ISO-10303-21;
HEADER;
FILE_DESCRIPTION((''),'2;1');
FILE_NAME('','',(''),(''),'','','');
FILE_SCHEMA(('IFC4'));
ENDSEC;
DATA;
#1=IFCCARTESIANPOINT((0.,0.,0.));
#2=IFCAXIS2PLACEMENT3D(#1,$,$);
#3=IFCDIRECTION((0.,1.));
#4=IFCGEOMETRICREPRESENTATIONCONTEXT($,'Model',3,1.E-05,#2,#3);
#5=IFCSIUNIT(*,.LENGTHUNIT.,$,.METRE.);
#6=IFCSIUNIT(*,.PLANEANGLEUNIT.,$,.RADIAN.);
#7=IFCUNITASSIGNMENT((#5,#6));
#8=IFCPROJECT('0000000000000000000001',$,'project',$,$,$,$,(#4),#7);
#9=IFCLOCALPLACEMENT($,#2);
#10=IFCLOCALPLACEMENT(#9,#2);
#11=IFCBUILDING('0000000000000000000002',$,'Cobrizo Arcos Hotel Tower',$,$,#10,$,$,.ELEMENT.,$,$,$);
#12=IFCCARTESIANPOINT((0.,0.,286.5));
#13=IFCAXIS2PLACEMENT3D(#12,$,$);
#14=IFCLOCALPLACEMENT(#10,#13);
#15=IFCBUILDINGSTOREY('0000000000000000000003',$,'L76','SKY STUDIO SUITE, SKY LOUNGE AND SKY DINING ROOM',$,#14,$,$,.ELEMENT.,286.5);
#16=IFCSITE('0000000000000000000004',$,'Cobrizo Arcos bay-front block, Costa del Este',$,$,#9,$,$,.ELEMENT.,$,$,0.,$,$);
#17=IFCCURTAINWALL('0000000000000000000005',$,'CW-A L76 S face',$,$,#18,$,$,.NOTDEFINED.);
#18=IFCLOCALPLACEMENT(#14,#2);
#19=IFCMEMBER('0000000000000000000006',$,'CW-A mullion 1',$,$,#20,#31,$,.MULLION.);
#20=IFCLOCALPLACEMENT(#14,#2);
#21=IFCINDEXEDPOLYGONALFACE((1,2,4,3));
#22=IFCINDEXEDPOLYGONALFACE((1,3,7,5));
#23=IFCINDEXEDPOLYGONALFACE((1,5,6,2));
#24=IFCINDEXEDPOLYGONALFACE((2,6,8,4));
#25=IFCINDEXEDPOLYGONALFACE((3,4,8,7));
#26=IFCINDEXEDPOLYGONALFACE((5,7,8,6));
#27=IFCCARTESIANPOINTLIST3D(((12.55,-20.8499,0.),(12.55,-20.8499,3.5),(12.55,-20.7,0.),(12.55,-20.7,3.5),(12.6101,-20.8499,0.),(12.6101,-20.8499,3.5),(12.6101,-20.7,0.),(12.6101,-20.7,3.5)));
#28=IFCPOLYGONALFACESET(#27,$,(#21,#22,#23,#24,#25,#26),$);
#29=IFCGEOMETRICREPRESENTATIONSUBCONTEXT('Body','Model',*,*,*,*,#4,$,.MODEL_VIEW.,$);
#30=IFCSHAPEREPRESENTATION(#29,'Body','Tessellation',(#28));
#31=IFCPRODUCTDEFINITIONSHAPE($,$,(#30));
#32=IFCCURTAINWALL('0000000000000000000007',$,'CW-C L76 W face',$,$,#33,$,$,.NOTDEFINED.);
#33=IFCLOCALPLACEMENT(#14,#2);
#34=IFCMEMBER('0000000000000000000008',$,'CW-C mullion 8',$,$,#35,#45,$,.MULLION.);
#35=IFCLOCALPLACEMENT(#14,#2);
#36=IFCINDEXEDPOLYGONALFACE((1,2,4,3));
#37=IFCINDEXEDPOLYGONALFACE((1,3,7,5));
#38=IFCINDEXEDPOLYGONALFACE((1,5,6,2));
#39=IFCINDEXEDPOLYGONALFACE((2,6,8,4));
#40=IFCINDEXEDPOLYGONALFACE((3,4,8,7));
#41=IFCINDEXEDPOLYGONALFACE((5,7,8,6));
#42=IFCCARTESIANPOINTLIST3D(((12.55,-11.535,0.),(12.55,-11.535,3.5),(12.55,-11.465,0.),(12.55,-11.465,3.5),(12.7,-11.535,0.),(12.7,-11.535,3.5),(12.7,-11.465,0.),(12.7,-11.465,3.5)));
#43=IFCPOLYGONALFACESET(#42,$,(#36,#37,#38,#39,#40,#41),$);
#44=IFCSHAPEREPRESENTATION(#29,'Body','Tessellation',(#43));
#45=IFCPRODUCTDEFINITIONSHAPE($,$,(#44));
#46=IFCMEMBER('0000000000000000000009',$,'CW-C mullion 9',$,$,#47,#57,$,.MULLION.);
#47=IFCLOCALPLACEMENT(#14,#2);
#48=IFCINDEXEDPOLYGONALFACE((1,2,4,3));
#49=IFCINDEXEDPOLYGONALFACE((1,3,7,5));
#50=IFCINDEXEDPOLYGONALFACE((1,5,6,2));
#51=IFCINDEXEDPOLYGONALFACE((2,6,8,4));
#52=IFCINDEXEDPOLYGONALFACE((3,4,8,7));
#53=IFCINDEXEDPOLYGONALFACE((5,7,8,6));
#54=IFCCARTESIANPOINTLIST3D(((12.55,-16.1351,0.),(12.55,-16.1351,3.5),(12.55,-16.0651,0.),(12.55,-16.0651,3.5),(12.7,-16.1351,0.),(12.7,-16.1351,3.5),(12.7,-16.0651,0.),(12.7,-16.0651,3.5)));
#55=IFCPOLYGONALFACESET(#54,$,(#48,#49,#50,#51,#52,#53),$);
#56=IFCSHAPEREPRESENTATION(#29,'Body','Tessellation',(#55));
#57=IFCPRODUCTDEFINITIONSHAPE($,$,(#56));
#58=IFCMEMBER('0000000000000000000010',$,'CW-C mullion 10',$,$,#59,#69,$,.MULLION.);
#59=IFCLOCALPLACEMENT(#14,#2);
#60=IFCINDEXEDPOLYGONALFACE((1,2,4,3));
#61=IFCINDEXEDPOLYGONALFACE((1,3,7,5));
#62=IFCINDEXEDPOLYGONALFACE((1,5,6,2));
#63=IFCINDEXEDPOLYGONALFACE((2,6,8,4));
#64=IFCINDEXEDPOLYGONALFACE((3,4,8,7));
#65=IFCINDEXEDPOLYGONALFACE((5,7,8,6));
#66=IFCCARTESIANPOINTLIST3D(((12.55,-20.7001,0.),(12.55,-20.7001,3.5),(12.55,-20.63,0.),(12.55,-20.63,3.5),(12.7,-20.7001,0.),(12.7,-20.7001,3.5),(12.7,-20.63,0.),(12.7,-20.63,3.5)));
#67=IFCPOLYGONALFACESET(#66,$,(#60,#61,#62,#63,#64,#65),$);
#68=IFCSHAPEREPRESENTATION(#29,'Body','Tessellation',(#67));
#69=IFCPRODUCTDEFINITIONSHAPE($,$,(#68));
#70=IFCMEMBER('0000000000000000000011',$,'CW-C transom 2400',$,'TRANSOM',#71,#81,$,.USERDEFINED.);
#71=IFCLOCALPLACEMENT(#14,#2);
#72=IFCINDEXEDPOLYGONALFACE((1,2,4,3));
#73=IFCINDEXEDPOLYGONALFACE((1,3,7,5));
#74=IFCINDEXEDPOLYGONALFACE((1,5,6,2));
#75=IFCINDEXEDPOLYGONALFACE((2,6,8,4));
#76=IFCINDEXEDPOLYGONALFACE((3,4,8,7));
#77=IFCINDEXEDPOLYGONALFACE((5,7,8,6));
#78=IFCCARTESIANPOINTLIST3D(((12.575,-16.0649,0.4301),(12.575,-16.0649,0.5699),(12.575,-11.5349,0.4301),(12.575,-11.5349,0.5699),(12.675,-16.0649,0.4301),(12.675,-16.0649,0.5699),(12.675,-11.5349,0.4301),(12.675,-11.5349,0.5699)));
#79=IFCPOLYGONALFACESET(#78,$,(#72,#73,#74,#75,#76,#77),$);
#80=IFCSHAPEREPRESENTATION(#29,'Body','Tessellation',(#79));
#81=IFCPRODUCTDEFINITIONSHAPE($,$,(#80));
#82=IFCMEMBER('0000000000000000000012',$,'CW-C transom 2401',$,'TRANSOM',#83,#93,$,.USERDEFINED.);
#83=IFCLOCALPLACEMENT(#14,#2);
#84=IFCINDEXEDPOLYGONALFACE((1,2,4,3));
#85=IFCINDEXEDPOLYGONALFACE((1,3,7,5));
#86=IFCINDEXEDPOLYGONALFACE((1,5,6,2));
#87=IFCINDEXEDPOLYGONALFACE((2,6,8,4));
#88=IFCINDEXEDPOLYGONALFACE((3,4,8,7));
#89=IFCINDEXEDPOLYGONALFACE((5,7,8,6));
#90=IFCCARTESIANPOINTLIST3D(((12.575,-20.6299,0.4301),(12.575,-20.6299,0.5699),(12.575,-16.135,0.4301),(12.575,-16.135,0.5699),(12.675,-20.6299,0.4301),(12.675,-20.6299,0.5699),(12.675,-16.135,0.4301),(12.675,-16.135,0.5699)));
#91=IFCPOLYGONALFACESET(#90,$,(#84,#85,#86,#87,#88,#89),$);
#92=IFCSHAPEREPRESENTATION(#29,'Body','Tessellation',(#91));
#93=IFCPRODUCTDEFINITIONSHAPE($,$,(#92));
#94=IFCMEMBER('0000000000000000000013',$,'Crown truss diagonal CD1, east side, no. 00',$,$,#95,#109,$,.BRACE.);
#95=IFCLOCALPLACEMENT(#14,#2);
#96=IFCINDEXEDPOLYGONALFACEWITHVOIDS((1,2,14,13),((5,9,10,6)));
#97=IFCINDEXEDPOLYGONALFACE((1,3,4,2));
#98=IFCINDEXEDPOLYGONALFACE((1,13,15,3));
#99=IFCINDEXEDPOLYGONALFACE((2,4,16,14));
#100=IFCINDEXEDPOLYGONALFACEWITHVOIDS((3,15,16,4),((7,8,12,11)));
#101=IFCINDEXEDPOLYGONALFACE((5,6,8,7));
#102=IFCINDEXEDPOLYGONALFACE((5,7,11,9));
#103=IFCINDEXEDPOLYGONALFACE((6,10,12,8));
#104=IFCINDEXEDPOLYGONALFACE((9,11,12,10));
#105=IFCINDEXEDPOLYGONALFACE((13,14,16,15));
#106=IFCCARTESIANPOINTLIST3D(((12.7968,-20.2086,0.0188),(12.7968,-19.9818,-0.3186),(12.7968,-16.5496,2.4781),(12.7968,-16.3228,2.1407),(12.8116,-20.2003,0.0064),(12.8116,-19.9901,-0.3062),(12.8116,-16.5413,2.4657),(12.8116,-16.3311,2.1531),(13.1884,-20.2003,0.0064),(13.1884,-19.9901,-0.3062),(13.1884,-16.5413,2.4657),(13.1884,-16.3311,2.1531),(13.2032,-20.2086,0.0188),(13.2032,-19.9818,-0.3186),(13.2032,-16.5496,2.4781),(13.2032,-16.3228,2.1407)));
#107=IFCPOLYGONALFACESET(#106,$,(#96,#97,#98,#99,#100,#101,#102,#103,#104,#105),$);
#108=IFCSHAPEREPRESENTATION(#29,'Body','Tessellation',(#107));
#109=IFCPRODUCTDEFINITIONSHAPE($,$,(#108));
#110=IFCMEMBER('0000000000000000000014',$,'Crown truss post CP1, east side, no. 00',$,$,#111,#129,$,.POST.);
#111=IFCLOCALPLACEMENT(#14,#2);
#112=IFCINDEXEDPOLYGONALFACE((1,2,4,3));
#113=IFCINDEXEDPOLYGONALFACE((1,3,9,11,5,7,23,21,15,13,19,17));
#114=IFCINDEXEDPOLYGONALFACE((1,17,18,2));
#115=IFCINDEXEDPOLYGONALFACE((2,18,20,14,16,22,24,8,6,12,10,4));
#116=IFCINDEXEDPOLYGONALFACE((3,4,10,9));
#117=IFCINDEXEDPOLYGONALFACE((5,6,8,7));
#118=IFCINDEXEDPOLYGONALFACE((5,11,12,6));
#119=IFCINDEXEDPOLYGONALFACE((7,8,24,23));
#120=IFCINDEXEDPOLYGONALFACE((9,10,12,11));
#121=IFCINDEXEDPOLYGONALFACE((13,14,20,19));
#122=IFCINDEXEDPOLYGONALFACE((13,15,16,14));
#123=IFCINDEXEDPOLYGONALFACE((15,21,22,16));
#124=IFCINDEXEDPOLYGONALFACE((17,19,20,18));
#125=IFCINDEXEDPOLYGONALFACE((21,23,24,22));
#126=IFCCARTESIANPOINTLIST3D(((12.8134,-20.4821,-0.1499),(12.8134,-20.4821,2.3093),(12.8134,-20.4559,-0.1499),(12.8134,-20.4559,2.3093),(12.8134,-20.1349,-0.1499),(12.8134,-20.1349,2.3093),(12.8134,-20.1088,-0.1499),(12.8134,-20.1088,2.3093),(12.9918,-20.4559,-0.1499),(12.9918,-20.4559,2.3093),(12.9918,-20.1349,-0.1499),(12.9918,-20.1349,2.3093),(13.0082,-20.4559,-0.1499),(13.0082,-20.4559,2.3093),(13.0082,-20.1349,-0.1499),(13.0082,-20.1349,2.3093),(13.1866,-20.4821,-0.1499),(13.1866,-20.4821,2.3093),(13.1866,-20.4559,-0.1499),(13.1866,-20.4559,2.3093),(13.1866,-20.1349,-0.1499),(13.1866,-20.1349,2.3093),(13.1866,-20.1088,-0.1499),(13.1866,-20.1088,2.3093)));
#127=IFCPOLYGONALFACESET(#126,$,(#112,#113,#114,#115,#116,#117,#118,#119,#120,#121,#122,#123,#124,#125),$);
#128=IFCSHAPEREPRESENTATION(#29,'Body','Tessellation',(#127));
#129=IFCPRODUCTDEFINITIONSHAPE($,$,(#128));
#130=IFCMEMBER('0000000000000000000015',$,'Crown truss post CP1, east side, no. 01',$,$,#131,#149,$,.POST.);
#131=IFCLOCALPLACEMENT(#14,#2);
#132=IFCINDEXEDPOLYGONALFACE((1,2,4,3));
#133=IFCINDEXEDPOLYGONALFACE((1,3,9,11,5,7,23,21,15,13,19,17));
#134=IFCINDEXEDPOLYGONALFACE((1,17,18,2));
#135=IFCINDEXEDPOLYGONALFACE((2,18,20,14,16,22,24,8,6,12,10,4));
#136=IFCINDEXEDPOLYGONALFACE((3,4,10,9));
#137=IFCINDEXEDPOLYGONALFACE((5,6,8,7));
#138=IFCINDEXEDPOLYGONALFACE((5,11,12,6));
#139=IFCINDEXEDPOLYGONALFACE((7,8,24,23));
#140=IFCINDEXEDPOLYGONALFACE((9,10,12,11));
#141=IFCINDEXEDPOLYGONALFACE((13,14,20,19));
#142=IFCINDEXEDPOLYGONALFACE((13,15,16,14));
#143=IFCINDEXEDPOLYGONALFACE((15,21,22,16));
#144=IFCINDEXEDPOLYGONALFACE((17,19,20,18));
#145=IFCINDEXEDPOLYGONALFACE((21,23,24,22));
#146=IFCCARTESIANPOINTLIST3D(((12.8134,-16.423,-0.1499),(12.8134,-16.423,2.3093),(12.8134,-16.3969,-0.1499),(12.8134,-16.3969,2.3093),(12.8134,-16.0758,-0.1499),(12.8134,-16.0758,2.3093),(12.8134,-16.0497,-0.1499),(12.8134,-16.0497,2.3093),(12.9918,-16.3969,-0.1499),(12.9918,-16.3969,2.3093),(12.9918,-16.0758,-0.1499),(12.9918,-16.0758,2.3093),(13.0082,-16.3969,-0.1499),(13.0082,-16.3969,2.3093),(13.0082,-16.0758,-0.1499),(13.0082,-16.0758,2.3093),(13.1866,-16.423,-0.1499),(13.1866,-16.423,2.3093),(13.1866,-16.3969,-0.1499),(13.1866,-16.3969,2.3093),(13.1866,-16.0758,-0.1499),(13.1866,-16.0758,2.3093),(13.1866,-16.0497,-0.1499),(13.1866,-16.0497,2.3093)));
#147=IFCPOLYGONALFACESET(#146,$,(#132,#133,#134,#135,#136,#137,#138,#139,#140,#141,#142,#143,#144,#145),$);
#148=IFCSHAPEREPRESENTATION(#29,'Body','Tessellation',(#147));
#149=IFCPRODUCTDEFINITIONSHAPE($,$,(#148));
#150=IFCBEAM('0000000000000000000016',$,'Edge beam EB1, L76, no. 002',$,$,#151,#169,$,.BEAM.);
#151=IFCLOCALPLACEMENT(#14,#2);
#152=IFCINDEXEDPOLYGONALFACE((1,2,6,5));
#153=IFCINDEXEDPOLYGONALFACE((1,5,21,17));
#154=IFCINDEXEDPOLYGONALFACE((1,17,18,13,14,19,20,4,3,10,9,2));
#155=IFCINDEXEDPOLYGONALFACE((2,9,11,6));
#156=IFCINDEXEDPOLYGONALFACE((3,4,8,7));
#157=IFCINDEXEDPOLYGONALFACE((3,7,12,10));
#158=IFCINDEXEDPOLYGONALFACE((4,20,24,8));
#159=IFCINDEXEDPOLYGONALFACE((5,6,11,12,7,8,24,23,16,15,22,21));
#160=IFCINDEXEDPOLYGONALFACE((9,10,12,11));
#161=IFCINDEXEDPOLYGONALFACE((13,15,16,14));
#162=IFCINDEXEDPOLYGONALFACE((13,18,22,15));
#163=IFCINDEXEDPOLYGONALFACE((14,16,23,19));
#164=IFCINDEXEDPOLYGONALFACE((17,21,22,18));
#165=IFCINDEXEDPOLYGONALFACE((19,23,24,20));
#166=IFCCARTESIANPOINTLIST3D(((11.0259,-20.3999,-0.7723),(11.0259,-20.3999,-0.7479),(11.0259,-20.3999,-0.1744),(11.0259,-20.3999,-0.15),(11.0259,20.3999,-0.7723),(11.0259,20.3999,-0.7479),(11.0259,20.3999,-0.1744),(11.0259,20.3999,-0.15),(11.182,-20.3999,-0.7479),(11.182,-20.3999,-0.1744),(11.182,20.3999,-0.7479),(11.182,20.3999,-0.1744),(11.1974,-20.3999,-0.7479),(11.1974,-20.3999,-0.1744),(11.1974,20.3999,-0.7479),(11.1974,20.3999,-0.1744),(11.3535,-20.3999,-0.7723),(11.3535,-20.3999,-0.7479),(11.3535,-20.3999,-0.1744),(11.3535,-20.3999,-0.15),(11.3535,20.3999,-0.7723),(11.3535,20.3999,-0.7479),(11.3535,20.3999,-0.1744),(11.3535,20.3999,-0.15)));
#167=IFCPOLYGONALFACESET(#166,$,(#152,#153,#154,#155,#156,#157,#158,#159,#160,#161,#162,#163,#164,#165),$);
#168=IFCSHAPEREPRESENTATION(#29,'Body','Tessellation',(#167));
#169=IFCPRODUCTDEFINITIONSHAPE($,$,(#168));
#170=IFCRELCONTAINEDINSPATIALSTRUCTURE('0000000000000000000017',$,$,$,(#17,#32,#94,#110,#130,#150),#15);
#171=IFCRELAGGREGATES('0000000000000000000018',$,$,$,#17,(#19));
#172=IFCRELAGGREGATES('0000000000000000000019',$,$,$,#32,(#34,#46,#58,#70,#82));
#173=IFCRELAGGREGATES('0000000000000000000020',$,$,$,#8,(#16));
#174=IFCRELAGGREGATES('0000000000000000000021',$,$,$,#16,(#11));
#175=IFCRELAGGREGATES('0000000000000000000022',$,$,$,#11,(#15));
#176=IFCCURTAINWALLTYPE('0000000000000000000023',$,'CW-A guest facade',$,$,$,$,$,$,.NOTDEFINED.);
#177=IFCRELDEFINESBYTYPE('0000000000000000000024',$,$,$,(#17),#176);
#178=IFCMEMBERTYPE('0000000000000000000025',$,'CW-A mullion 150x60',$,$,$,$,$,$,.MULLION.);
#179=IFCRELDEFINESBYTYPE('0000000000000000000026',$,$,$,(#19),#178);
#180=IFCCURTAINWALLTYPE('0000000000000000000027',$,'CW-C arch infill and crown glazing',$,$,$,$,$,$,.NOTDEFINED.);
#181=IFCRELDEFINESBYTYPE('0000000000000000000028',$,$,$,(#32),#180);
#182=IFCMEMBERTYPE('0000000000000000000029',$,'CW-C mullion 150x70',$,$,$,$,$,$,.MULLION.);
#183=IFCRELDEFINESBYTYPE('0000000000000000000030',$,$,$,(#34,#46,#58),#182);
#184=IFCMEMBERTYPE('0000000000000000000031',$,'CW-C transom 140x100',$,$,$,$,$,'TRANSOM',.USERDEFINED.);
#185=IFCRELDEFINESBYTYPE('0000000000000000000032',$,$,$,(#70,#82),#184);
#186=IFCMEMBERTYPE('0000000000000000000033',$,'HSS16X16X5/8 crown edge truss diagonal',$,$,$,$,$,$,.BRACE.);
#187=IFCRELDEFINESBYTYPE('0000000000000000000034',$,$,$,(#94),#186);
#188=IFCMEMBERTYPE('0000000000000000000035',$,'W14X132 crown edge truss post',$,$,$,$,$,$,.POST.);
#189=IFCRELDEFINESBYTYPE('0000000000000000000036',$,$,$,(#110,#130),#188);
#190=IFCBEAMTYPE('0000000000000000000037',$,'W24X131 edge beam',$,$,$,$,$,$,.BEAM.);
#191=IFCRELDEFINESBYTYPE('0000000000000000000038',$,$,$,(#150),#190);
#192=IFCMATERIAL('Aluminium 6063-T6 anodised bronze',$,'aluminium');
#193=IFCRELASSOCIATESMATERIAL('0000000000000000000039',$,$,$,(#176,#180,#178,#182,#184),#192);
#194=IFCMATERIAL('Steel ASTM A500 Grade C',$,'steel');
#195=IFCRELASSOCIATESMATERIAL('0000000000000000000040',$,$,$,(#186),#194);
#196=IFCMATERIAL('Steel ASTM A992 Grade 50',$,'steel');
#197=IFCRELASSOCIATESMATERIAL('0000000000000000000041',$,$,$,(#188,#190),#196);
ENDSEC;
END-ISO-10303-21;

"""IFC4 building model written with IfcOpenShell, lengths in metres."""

from ifc_helpers import new_model, si_unit, direction, frame, origin, origin_2d, place, context, subcontext, project, spatial, rectangle, hollow_rectangle, i_section, extrude, material, material_profile, profile_set, type_object, element, aggregate, save


model = new_model("IFC4")

# Units and contexts
model_context = context("Model", 3, precision=1e-05, world=origin(), true_north=direction((0.0, 1.0)))
body_context = subcontext(model_context, "Body", "Model", "MODEL_VIEW")
ifc_project = project(units=[si_unit("LENGTHUNIT", "METRE"), si_unit("PLANEANGLEUNIT", "RADIAN")], contexts=[model_context])

# Site, building, storey
site_placement = place(None, origin())
site = spatial("IfcSite", under=ifc_project, at=site_placement, Name="Cobrizo Arcos bay-front block, Costa del Este", CompositionType="ELEMENT", RefElevation=0.0)
building_placement = place(site_placement, origin())
building = spatial("IfcBuilding", under=site, at=building_placement, Name="Cobrizo Arcos Hotel Tower", CompositionType="ELEMENT")
storey_placement = place(building_placement, frame((0.0, 0.0, 286.5)))
storey = spatial("IfcBuildingStorey", under=building, at=storey_placement, Name="L76", Description="SKY STUDIO SUITE, SKY LOUNGE AND SKY DINING ROOM", CompositionType="ELEMENT", Elevation=286.5)

# Curtain wall, member
ifc_material_1 = material(Name="Aluminium 6063-T6 anodised bronze", Category="aluminium")
curtain_wall_type_1 = type_object("IfcCurtainWallType", Name="CW-A guest facade", PredefinedType="NOTDEFINED", material=ifc_material_1)
curtain_wall_1_placement = place(storey_placement, origin())
curtain_wall_1 = element("IfcCurtainWall", 1, at=curtain_wall_1_placement, inside=storey, type_object=curtain_wall_type_1, Name="CW-A L76 S face", PredefinedType="NOTDEFINED")
ifc_material_profile_1 = material_profile(ifc_material_1, rectangle(XDim=0.1499, YDim=0.0601, at=origin_2d()), Name="CW-A mullion 150x60")
ifc_profile_set_1 = profile_set([ifc_material_profile_1], Name="Aluminium 6063-T6 anodised bronze")
member_type_1 = type_object("IfcMemberType", Name="CW-A mullion 150x60", PredefinedType="MULLION", material=ifc_profile_set_1)
member_1_placement = place(storey_placement, frame((12.5801, -20.7749, 0.0), z_axis=(0.0, 0.0, 1.0), x_axis=(0.0, -1.0, 0.0)))
member_1 = element("IfcMember", 2, at=member_1_placement, type_object=member_type_1, Name="CW-A mullion 1", PredefinedType="MULLION", context=body_context, shape_type="SweptSolid", body=[
    extrude(rectangle(XDim=0.1499, YDim=0.0601, at=origin_2d()), origin(), (0.0, 0.0, 1.0), 3.5),
])
aggregate(curtain_wall_1, [member_1])

# Curtain wall, members
curtain_wall_type_2 = type_object("IfcCurtainWallType", Name="CW-C arch infill and crown glazing", PredefinedType="NOTDEFINED", material=ifc_material_1)
curtain_wall_2_placement = place(storey_placement, origin())
curtain_wall_2 = element("IfcCurtainWall", 3, at=curtain_wall_2_placement, inside=storey, type_object=curtain_wall_type_2, Name="CW-C L76 W face", PredefinedType="NOTDEFINED")
ifc_material_profile_2 = material_profile(ifc_material_1, rectangle(XDim=0.1499, YDim=0.0701, at=origin_2d()), Name="CW-C mullion 150x70")
ifc_profile_set_2 = profile_set([ifc_material_profile_2], Name="Aluminium 6063-T6 anodised bronze")
member_type_2 = type_object("IfcMemberType", Name="CW-C mullion 150x70", PredefinedType="MULLION", material=ifc_profile_set_2)
member_2_placement = place(storey_placement, frame((12.625, -11.5, 0.0), z_axis=(0.0, 0.0, 1.0), x_axis=(-1.0, 0.0, 0.0)))
member_2 = element("IfcMember", 4, at=member_2_placement, type_object=member_type_2, Name="CW-C mullion 8", PredefinedType="MULLION", context=body_context, shape_type="SweptSolid", body=[
    extrude(rectangle(XDim=0.1499, YDim=0.0701, at=origin_2d()), origin(), (0.0, 0.0, 1.0), 3.5),
])
member_3_placement = place(storey_placement, frame((12.625, -16.1001, 0.0), z_axis=(0.0, 0.0, 1.0), x_axis=(-1.0, 0.0, 0.0)))
member_3 = element("IfcMember", 5, at=member_3_placement, type_object=member_type_2, Name="CW-C mullion 9", PredefinedType="MULLION", context=body_context, shape_type="SweptSolid", body=[
    extrude(rectangle(XDim=0.1499, YDim=0.0701, at=origin_2d()), origin(), (0.0, 0.0, 1.0), 3.5),
])
member_4_placement = place(storey_placement, frame((12.625, -20.665, 0.0), z_axis=(0.0, 0.0, 1.0), x_axis=(-1.0, 0.0, 0.0)))
member_4 = element("IfcMember", 6, at=member_4_placement, type_object=member_type_2, Name="CW-C mullion 10", PredefinedType="MULLION", context=body_context, shape_type="SweptSolid", body=[
    extrude(rectangle(XDim=0.1499, YDim=0.0701, at=origin_2d()), origin(), (0.0, 0.0, 1.0), 3.5),
])
ifc_material_profile_3 = material_profile(ifc_material_1, rectangle(XDim=0.1001, YDim=0.1399, at=origin_2d()), Name="CW-C transom 140x100")
ifc_profile_set_3 = profile_set([ifc_material_profile_3], Name="Aluminium 6063-T6 anodised bronze")
member_type_3 = type_object("IfcMemberType", Name="CW-C transom 140x100", ElementType="TRANSOM", PredefinedType="USERDEFINED", material=ifc_profile_set_3)
member_5_placement = place(storey_placement, frame((12.625, -11.5349, 0.5), z_axis=(0.0, -1.0, 0.0), x_axis=(1.0, 0.0, 0.0)))
member_5 = element("IfcMember", 7, at=member_5_placement, type_object=member_type_3, Name="CW-C transom 2400", ObjectType="TRANSOM", PredefinedType="USERDEFINED", context=body_context, shape_type="SweptSolid", body=[
    extrude(rectangle(XDim=0.1001, YDim=0.1399, at=origin_2d()), origin(), (0.0, 0.0, 1.0), 4.53),
])
member_6_placement = place(storey_placement, frame((12.625, -16.135, 0.5), z_axis=(0.0, -1.0, 0.0), x_axis=(1.0, 0.0, 0.0)))
member_6 = element("IfcMember", 8, at=member_6_placement, type_object=member_type_3, Name="CW-C transom 2401", ObjectType="TRANSOM", PredefinedType="USERDEFINED", context=body_context, shape_type="SweptSolid", body=[
    extrude(rectangle(XDim=0.1001, YDim=0.1399, at=origin_2d()), origin(), (0.0, 0.0, 1.0), 4.4949),
])

# Members
ifc_material_2 = material(Name="Steel ASTM A500 Grade C", Category="steel")
ifc_material_profile_4 = material_profile(ifc_material_2, hollow_rectangle(XDim=0.4065, YDim=0.4065, WallThickness=0.0149, at=origin_2d()), Name="HSS16X16X5/8")
ifc_profile_set_4 = profile_set([ifc_material_profile_4], Name="Steel ASTM A500 Grade C")
member_type_4 = type_object("IfcMemberType", Name="HSS16X16X5/8 crown edge truss diagonal", PredefinedType="BRACE", material=ifc_profile_set_4)
member_7_placement = place(storey_placement, frame((13.0, -20.0952, -0.1499), z_axis=(0.0, 0.829957, 0.557827), x_axis=(-1.0, 0.0, 0.0)))
element("IfcMember", 9, at=member_7_placement, inside=storey, type_object=member_type_4, Name="Crown truss diagonal CD1, east side, no. 00", PredefinedType="BRACE", context=body_context, shape_type="SweptSolid", body=[
    extrude(hollow_rectangle(XDim=0.4065, YDim=0.4065, WallThickness=0.0149, at=origin_2d()), origin(), (0.0, 0.0, 1.0), 4.4087),
])
ifc_material_3 = material(Name="Steel ASTM A992 Grade 50", Category="steel")
ifc_material_profile_5 = material_profile(ifc_material_3, i_section(OverallWidth=0.3733, OverallDepth=0.3733, WebThickness=0.0164, FlangeThickness=0.0261, at=origin_2d()), Name="W14X132")
ifc_profile_set_5 = profile_set([ifc_material_profile_5], Name="Steel ASTM A992 Grade 50")
member_type_5 = type_object("IfcMemberType", Name="W14X132 crown edge truss post", PredefinedType="POST", material=ifc_profile_set_5)
for number, where, z_axis, x_axis, name in (
    (10, (13.0, -20.2954, -0.1499), (0.0, 0.0, 1.0), (1.0, 0.0, 0.0), "Crown truss post CP1, east side, no. 00"),
    (11, (13.0, -16.2363, -0.1499), (0.0, 0.0, 1.0), (1.0, 0.0, 0.0), "Crown truss post CP1, east side, no. 01"),
):
    element("IfcMember", number, at=place(storey_placement, frame(where, z_axis=z_axis, x_axis=x_axis)), inside=storey, type_object=member_type_5, Name=name, PredefinedType="POST", context=body_context, shape_type="SweptSolid", body=[
        extrude(i_section(OverallWidth=0.3733, OverallDepth=0.3733, WebThickness=0.0164, FlangeThickness=0.0261, at=origin_2d()), origin(), (0.0, 0.0, 1.0), 2.4592),
    ])

# Beam
ifc_material_profile_6 = material_profile(ifc_material_3, i_section(OverallWidth=0.3276, OverallDepth=0.6223, WebThickness=0.0154, FlangeThickness=0.0244, at=origin_2d()), Name="W24X131")
ifc_profile_set_6 = profile_set([ifc_material_profile_6], Name="Steel ASTM A992 Grade 50")
beam_type_1 = type_object("IfcBeamType", Name="W24X131 edge beam", PredefinedType="BEAM", material=ifc_profile_set_6)
beam_1_placement = place(storey_placement, frame((11.1897, -20.3999, -0.4612), z_axis=(0.0, 1.0, 0.0), x_axis=(-1.0, 0.0, 0.0)))
element("IfcBeam", 12, at=beam_1_placement, inside=storey, type_object=beam_type_1, Name="Edge beam EB1, L76, no. 002", PredefinedType="BEAM", context=body_context, shape_type="SweptSolid", body=[
    extrude(i_section(OverallWidth=0.3276, OverallDepth=0.6223, WebThickness=0.0154, FlangeThickness=0.0244, at=origin_2d()), origin(), (0.0, 0.0, 1.0), 40.7998),
])

aggregate(curtain_wall_2, [member_2, member_3, member_4, member_5, member_6])

save(model, "model.ifc")
